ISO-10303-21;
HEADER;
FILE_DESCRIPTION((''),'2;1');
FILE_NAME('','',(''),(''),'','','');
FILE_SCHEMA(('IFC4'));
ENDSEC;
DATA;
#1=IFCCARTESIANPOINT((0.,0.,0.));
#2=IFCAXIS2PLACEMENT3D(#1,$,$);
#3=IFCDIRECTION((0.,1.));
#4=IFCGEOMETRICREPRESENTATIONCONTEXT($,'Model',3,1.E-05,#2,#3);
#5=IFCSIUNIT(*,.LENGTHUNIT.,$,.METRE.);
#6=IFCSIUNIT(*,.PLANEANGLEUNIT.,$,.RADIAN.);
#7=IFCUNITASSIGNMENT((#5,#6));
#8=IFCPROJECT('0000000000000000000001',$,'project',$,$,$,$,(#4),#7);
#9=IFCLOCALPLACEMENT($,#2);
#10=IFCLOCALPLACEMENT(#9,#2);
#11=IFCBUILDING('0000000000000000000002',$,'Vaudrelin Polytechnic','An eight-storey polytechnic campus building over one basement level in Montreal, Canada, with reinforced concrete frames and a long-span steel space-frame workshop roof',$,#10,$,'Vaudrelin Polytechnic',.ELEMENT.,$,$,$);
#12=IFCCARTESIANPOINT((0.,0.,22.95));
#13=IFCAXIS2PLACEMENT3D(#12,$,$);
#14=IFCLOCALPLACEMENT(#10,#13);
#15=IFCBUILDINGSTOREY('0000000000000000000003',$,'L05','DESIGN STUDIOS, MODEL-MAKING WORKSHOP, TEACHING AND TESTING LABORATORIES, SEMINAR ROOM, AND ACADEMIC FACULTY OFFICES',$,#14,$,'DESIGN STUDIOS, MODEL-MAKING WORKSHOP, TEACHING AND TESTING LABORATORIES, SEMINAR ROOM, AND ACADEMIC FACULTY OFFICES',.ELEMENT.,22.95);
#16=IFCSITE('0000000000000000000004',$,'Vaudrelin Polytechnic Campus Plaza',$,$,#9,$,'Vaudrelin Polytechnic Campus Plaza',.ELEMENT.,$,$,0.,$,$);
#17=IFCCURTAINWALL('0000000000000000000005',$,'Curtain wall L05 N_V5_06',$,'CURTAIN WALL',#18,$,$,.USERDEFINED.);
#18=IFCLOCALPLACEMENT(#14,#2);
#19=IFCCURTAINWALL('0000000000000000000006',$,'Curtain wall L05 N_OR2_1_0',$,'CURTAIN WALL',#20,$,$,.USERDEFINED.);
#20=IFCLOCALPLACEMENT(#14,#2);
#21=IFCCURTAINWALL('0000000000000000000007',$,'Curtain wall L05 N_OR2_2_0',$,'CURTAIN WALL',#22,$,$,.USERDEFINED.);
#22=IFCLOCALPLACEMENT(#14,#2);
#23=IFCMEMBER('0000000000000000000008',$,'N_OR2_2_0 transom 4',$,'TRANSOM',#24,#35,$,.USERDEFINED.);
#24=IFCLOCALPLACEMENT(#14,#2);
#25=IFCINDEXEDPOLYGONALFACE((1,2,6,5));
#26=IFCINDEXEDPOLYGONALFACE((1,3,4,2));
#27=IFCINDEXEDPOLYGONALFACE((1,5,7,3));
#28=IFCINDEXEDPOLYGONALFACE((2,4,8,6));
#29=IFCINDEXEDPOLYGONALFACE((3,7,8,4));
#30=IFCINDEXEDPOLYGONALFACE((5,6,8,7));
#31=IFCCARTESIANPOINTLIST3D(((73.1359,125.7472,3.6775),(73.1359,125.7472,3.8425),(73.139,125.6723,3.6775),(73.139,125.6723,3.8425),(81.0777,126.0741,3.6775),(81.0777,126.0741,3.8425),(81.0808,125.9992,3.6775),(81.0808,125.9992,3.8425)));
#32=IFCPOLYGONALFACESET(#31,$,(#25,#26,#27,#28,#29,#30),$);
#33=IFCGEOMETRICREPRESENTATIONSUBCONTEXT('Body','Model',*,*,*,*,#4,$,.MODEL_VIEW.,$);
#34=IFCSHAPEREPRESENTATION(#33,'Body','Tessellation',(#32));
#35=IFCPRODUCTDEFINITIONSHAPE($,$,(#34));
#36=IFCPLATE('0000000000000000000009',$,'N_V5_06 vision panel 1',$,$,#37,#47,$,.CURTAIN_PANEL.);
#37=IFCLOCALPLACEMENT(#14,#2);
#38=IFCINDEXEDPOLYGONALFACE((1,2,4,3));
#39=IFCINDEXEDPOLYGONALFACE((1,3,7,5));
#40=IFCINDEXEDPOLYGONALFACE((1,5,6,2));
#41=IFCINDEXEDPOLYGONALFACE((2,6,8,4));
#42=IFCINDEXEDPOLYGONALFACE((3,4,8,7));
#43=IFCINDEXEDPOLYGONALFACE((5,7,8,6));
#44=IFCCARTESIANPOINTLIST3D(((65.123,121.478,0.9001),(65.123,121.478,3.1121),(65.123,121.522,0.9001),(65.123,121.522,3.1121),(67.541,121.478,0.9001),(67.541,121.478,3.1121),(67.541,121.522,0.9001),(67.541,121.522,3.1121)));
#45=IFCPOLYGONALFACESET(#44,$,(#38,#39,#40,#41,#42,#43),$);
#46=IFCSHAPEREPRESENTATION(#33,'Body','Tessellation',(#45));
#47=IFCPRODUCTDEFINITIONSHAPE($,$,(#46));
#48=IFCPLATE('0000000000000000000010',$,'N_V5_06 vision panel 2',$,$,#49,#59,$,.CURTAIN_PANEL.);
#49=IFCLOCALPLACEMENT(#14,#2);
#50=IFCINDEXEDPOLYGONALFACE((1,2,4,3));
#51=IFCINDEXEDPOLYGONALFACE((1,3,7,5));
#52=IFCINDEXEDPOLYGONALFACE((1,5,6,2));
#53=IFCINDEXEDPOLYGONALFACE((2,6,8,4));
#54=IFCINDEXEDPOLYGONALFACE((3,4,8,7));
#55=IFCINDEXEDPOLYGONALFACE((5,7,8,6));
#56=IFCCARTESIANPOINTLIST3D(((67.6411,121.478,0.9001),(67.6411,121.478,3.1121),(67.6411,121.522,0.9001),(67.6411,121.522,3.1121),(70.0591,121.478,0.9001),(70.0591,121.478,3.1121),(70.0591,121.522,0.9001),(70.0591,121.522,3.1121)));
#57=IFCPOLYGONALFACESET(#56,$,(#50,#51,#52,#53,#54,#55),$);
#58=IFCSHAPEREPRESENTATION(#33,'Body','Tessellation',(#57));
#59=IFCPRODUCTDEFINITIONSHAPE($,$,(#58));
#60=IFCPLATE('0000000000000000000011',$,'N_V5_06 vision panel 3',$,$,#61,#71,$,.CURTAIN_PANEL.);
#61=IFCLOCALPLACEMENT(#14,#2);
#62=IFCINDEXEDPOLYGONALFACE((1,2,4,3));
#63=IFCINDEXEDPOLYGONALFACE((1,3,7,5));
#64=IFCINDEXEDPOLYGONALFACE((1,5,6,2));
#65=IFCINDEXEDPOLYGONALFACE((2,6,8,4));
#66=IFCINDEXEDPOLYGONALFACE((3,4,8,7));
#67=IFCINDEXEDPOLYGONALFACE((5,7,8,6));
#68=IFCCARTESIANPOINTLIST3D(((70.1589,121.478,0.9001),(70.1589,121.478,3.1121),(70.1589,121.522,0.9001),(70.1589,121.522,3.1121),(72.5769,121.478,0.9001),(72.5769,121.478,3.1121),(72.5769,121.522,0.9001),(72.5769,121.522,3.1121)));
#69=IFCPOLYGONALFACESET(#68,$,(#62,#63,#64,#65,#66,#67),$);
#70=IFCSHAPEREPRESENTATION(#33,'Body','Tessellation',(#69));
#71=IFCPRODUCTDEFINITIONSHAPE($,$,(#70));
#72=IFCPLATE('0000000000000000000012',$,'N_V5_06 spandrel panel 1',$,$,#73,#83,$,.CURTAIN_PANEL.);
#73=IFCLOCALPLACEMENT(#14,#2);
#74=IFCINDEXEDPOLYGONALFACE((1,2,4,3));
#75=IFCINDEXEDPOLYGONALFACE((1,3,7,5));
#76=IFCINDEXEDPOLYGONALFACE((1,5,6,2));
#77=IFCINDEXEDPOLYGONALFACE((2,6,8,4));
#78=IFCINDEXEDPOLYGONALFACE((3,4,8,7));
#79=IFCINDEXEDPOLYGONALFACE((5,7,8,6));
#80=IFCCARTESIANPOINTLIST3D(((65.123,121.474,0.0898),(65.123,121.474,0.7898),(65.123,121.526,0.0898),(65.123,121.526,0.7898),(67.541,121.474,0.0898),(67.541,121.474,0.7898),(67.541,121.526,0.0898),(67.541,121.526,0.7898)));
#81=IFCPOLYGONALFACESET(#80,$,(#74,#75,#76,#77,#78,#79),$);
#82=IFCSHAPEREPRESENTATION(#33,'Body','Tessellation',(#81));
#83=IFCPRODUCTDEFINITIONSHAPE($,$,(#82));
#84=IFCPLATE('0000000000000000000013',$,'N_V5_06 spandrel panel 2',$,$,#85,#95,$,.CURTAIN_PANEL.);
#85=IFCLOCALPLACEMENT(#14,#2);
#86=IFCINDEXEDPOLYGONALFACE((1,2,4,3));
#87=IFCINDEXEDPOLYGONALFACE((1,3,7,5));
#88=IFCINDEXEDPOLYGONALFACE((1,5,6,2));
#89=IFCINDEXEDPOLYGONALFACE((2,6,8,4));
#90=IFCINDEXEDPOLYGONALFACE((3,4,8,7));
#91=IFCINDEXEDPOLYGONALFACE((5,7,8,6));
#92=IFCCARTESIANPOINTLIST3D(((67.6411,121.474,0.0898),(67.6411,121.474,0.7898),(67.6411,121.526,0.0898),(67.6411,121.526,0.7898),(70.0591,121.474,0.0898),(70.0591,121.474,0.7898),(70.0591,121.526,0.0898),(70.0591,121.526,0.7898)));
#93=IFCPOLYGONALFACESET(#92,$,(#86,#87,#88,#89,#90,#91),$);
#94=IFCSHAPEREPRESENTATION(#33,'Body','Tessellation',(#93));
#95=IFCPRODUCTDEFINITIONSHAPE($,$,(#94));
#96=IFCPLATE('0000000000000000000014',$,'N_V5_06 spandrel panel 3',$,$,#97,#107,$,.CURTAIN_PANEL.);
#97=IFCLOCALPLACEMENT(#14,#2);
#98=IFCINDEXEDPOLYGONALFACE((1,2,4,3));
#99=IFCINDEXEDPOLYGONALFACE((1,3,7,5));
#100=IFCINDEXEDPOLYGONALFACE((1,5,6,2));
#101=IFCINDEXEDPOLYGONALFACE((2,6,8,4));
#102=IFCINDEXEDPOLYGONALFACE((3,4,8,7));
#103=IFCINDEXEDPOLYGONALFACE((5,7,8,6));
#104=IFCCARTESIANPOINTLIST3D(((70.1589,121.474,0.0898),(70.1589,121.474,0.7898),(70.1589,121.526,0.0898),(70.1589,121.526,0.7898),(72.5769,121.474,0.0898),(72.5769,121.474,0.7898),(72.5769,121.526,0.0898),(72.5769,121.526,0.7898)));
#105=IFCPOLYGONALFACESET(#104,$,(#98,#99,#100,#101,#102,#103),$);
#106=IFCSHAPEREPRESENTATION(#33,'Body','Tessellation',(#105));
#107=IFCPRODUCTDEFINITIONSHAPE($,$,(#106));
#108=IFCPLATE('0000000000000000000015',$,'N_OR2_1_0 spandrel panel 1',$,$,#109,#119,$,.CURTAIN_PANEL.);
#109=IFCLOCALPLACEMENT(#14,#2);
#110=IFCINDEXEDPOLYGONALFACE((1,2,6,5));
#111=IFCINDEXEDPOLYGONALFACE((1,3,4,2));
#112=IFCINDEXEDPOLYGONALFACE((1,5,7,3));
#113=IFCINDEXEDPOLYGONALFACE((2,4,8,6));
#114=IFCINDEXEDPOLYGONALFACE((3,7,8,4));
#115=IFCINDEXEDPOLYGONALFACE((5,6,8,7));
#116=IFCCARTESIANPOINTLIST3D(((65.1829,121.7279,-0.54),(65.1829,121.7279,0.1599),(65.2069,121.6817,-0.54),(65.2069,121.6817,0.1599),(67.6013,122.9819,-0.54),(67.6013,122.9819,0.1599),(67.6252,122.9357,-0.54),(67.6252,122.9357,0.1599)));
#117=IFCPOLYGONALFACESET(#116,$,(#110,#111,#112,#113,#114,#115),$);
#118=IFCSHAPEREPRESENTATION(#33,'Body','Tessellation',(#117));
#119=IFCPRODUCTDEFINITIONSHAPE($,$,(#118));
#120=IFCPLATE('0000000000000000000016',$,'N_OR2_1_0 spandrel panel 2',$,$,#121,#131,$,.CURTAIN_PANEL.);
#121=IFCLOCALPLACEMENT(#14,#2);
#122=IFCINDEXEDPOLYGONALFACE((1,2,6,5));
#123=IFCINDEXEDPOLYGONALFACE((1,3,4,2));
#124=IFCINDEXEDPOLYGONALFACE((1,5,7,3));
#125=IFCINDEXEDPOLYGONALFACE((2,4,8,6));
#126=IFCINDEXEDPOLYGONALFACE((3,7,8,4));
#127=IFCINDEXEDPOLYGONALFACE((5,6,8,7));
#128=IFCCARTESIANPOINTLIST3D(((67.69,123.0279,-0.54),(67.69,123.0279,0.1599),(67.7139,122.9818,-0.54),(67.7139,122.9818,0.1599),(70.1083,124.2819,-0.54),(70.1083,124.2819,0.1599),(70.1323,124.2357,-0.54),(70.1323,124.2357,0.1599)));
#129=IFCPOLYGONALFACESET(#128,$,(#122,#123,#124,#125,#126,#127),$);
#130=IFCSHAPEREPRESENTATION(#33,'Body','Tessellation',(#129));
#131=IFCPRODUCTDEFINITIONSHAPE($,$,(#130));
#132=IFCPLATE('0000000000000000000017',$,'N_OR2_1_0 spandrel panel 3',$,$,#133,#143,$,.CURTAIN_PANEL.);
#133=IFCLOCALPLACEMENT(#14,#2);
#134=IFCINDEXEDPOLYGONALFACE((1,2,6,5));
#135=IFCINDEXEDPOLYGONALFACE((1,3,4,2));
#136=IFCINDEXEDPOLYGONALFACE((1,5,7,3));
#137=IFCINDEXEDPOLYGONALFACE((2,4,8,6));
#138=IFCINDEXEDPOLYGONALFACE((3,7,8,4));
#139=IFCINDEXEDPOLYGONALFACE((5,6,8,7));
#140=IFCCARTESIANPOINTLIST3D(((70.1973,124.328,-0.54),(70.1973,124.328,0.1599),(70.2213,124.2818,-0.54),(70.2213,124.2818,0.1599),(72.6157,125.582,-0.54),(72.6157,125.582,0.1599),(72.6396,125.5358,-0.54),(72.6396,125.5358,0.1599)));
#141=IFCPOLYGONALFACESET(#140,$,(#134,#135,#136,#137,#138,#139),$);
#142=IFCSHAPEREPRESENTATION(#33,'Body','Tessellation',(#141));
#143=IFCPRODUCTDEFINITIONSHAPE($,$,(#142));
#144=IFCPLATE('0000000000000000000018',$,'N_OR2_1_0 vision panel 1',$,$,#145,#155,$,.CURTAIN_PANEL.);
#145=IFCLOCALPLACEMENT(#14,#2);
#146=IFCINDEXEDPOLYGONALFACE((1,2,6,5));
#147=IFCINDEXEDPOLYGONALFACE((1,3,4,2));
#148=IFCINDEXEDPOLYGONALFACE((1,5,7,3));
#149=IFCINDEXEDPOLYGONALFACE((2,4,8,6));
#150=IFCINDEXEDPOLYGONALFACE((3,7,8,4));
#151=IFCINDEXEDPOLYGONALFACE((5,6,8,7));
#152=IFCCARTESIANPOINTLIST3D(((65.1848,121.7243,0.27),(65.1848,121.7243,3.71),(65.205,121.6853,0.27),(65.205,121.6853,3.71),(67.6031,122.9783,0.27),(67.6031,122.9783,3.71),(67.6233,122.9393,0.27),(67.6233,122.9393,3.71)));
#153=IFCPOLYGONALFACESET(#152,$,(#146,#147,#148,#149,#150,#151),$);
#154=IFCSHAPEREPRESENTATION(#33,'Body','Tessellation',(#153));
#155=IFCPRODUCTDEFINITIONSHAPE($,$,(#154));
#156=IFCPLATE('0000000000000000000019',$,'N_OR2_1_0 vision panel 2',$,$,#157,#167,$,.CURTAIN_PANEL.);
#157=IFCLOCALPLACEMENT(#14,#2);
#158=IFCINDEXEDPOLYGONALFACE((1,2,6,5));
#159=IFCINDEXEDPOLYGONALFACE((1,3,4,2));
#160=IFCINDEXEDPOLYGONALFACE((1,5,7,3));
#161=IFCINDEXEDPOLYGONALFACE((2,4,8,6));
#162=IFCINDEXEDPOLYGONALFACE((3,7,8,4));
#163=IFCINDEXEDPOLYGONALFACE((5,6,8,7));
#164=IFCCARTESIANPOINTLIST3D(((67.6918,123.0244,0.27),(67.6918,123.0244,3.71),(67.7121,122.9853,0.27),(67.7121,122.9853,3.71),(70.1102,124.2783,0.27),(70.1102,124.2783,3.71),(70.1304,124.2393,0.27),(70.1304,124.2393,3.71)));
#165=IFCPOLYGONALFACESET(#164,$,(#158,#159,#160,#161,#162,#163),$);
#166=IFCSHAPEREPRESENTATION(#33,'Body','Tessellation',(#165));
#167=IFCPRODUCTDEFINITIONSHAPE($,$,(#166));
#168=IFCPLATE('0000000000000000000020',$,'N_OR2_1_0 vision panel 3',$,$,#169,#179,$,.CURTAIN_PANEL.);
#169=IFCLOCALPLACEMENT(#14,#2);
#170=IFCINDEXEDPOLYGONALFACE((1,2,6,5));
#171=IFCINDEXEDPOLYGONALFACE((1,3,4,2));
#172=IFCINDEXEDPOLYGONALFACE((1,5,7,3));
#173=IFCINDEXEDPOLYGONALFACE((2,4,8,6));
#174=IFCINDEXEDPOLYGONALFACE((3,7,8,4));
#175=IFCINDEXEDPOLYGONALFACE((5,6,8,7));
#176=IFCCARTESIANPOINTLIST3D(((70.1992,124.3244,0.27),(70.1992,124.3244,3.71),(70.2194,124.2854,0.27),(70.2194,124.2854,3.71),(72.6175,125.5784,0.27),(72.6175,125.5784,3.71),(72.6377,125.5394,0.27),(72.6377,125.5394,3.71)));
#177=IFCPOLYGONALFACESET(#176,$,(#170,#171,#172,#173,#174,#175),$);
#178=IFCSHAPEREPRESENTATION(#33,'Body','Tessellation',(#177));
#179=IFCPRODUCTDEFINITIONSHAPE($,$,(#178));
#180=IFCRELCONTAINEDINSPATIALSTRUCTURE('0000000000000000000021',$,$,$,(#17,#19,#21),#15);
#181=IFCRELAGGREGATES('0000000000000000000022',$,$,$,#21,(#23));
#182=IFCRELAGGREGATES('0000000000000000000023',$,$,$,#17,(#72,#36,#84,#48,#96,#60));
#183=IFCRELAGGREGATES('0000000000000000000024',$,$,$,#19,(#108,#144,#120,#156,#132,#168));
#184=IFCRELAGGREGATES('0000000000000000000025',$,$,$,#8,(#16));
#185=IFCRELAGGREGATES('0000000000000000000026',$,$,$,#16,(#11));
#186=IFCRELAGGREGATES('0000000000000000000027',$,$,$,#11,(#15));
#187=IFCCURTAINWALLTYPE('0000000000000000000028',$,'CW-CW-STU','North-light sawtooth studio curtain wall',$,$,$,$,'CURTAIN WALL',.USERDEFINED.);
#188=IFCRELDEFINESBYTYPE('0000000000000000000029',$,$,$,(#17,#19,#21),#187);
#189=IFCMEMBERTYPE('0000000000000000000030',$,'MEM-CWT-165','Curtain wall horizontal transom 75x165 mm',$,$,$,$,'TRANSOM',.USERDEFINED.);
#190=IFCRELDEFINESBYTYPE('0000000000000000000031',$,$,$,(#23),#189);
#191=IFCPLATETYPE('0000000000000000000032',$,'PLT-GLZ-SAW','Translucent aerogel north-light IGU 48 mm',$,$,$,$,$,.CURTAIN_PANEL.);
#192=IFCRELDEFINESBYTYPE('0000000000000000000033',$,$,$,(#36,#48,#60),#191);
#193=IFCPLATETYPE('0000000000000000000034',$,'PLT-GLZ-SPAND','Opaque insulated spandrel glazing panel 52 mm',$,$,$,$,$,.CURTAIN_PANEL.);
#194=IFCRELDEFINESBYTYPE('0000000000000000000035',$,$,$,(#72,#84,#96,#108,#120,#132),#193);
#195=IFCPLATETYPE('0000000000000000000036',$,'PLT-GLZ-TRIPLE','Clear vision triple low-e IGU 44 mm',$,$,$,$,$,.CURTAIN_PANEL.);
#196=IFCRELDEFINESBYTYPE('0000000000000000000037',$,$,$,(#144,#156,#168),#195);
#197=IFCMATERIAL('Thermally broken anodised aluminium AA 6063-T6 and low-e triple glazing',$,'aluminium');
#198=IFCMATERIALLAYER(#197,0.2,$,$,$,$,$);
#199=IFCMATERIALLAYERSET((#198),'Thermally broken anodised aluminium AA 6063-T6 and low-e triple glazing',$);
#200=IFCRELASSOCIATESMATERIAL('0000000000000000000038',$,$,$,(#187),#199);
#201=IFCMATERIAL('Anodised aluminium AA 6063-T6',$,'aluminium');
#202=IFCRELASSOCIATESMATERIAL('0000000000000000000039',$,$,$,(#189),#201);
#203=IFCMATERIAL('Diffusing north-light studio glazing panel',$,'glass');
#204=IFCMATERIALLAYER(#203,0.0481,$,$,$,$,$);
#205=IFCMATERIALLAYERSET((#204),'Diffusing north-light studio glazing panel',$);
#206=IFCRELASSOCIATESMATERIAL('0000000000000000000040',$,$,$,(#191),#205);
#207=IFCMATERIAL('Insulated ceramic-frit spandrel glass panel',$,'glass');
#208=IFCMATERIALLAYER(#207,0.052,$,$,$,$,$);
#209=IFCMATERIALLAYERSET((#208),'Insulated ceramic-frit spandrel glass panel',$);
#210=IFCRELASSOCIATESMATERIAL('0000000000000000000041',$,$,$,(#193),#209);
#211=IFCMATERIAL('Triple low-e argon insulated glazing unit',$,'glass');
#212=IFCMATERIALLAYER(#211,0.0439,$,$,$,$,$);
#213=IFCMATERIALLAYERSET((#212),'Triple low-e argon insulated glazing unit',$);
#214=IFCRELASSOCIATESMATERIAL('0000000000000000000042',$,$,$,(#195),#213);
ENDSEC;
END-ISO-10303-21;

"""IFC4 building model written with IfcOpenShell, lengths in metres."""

from ifc_helpers import new_model, si_unit, direction, frame, origin, origin_2d, place, context, subcontext, project, spatial, rectangle, extrude, material, layer, layer_set, material_profile, profile_set, type_object, element, aggregate, save


model = new_model("IFC4")

# Units and contexts
model_context = context("Model", 3, precision=1e-05, world=origin(), true_north=direction((0.0, 1.0)))
body_context = subcontext(model_context, "Body", "Model", "MODEL_VIEW")
ifc_project = project(units=[si_unit("LENGTHUNIT", "METRE"), si_unit("PLANEANGLEUNIT", "RADIAN")], contexts=[model_context])

# Site, building, storey
site_placement = place(None, origin())
site = spatial("IfcSite", under=ifc_project, at=site_placement, Name="Vaudrelin Polytechnic Campus Plaza", LongName="Vaudrelin Polytechnic Campus Plaza", CompositionType="ELEMENT", RefElevation=0.0)
building_placement = place(site_placement, origin())
building = spatial("IfcBuilding", under=site, at=building_placement, Name="Vaudrelin Polytechnic", Description="An eight-storey polytechnic campus building over one basement level in Montreal, Canada, with reinforced concrete frames and a long-span steel space-frame workshop roof", LongName="Vaudrelin Polytechnic", CompositionType="ELEMENT")
storey_placement = place(building_placement, frame((0.0, 0.0, 22.95)))
storey = spatial("IfcBuildingStorey", under=building, at=storey_placement, Name="L05", Description="DESIGN STUDIOS, MODEL-MAKING WORKSHOP, TEACHING AND TESTING LABORATORIES, SEMINAR ROOM, AND ACADEMIC FACULTY OFFICES", LongName="DESIGN STUDIOS, MODEL-MAKING WORKSHOP, TEACHING AND TESTING LABORATORIES, SEMINAR ROOM, AND ACADEMIC FACULTY OFFICES", CompositionType="ELEMENT", Elevation=22.95)

# Curtain walls
ifc_material_1 = material(Name="Thermally broken anodised aluminium AA 6063-T6 and low-e triple glazing", Category="aluminium")
ifc_layer_1 = layer(ifc_material_1, 0.2)
ifc_layer_set_1 = layer_set([ifc_layer_1], Name="Thermally broken anodised aluminium AA 6063-T6 and low-e triple glazing")
curtain_wall_type = type_object("IfcCurtainWallType", Name="CW-CW-STU", Description="North-light sawtooth studio curtain wall", ElementType="CURTAIN WALL", PredefinedType="USERDEFINED", material=ifc_layer_set_1)
curtain_wall_1_placement = place(storey_placement, origin())
curtain_wall_1 = element("IfcCurtainWall", 1, at=curtain_wall_1_placement, inside=storey, type_object=curtain_wall_type, Name="Curtain wall L05 N_V5_06", ObjectType="CURTAIN WALL", PredefinedType="USERDEFINED")
ifc_material_2 = material(Name="Anodised aluminium AA 6063-T6", Category="aluminium")
curtain_wall_2_placement = place(storey_placement, origin())
curtain_wall_2 = element("IfcCurtainWall", 2, at=curtain_wall_2_placement, inside=storey, type_object=curtain_wall_type, Name="Curtain wall L05 N_OR2_1_0", ObjectType="CURTAIN WALL", PredefinedType="USERDEFINED")

# Shared definitions
ifc_material_profile_1 = material_profile(ifc_material_2, rectangle(XDim=0.075, YDim=0.165, at=origin_2d()), Name="CWT-75x165")
ifc_profile_set_1 = profile_set([ifc_material_profile_1], Name="Anodised aluminium AA 6063-T6")
member_type_1 = type_object("IfcMemberType", Name="MEM-CWT-165", Description="Curtain wall horizontal transom 75x165 mm", ElementType="TRANSOM", PredefinedType="USERDEFINED", material=ifc_profile_set_1)

# Curtain wall, member
curtain_wall_3_placement = place(storey_placement, origin())
curtain_wall_3 = element("IfcCurtainWall", 3, at=curtain_wall_3_placement, inside=storey, type_object=curtain_wall_type, Name="Curtain wall L05 N_OR2_2_0", ObjectType="CURTAIN WALL", PredefinedType="USERDEFINED")
member_1_placement = place(storey_placement, frame((73.1375, 125.7097, 3.76), z_axis=(0.999154, 0.041128, 0.0), x_axis=(-0.041128, 0.999154, 0.0)))
member_1 = element("IfcMember", 4, at=member_1_placement, type_object=member_type_1, Name="N_OR2_2_0 transom 4", ObjectType="TRANSOM", PredefinedType="USERDEFINED", context=body_context, shape_type="SweptSolid", body=[
    extrude(rectangle(XDim=0.075, YDim=0.165, at=origin_2d()), origin(), (0.0, 0.0, 1.0), 7.9485),
])
aggregate(curtain_wall_3, [member_1])

# Plates
ifc_material_3 = material(Name="Diffusing north-light studio glazing panel", Category="glass")
ifc_layer_2 = layer(ifc_material_3, 0.0481)
ifc_layer_set_2 = layer_set([ifc_layer_2], Name="Diffusing north-light studio glazing panel")
plate_type_1 = type_object("IfcPlateType", Name="PLT-GLZ-SAW", Description="Translucent aerogel north-light IGU 48 mm", PredefinedType="CURTAIN_PANEL", material=ifc_layer_set_2)
plate_1_placement = place(storey_placement, frame((66.332, 121.5, 0.9001), z_axis=(0.0, 0.0, 1.0), x_axis=(1.0, 0.0, 0.0)))
plate_1 = element("IfcPlate", 5, at=plate_1_placement, type_object=plate_type_1, Name="N_V5_06 vision panel 1", PredefinedType="CURTAIN_PANEL", context=body_context, shape_type="SweptSolid", body=[
    extrude(rectangle(XDim=2.418, YDim=0.0439, at=origin_2d()), origin(), (0.0, 0.0, 1.0), 2.2119),
])
plate_2_placement = place(storey_placement, frame((68.8501, 121.5, 0.9001), z_axis=(0.0, 0.0, 1.0), x_axis=(1.0, 0.0, 0.0)))
plate_2 = element("IfcPlate", 6, at=plate_2_placement, type_object=plate_type_1, Name="N_V5_06 vision panel 2", PredefinedType="CURTAIN_PANEL", context=body_context, shape_type="SweptSolid", body=[
    extrude(rectangle(XDim=2.418, YDim=0.0439, at=origin_2d()), origin(), (0.0, 0.0, 1.0), 2.2119),
])
plate_3_placement = place(storey_placement, frame((71.3679, 121.5, 0.9001), z_axis=(0.0, 0.0, 1.0), x_axis=(1.0, 0.0, 0.0)))
plate_3 = element("IfcPlate", 7, at=plate_3_placement, type_object=plate_type_1, Name="N_V5_06 vision panel 3", PredefinedType="CURTAIN_PANEL", context=body_context, shape_type="SweptSolid", body=[
    extrude(rectangle(XDim=2.418, YDim=0.0439, at=origin_2d()), origin(), (0.0, 0.0, 1.0), 2.2119),
])
ifc_material_4 = material(Name="Insulated ceramic-frit spandrel glass panel", Category="glass")
ifc_layer_3 = layer(ifc_material_4, 0.052)
ifc_layer_set_3 = layer_set([ifc_layer_3], Name="Insulated ceramic-frit spandrel glass panel")
plate_type_2 = type_object("IfcPlateType", Name="PLT-GLZ-SPAND", Description="Opaque insulated spandrel glazing panel 52 mm", PredefinedType="CURTAIN_PANEL", material=ifc_layer_set_3)
plate_4_placement = place(storey_placement, frame((66.332, 121.5, 0.0898), z_axis=(0.0, 0.0, 1.0), x_axis=(1.0, 0.0, 0.0)))
plate_4 = element("IfcPlate", 8, at=plate_4_placement, type_object=plate_type_2, Name="N_V5_06 spandrel panel 1", PredefinedType="CURTAIN_PANEL", context=body_context, shape_type="SweptSolid", body=[
    extrude(rectangle(XDim=2.418, YDim=0.052, at=origin_2d()), origin(), (0.0, 0.0, 1.0), 0.7),
])
plate_5_placement = place(storey_placement, frame((68.8501, 121.5, 0.0898), z_axis=(0.0, 0.0, 1.0), x_axis=(1.0, 0.0, 0.0)))
plate_5 = element("IfcPlate", 9, at=plate_5_placement, type_object=plate_type_2, Name="N_V5_06 spandrel panel 2", PredefinedType="CURTAIN_PANEL", context=body_context, shape_type="SweptSolid", body=[
    extrude(rectangle(XDim=2.418, YDim=0.052, at=origin_2d()), origin(), (0.0, 0.0, 1.0), 0.7),
])
plate_6_placement = place(storey_placement, frame((71.3679, 121.5, 0.0898), z_axis=(0.0, 0.0, 1.0), x_axis=(1.0, 0.0, 0.0)))
plate_6 = element("IfcPlate", 10, at=plate_6_placement, type_object=plate_type_2, Name="N_V5_06 spandrel panel 3", PredefinedType="CURTAIN_PANEL", context=body_context, shape_type="SweptSolid", body=[
    extrude(rectangle(XDim=2.418, YDim=0.052, at=origin_2d()), origin(), (0.0, 0.0, 1.0), 0.7),
])
aggregate(curtain_wall_1, [plate_4, plate_1, plate_5, plate_2, plate_6, plate_3])
plate_7_placement = place(storey_placement, frame((66.4041, 122.3318, -0.54), z_axis=(0.0, 0.0, 1.0), x_axis=(0.887751, 0.460323, 0.0)))
plate_7 = element("IfcPlate", 11, at=plate_7_placement, type_object=plate_type_2, Name="N_OR2_1_0 spandrel panel 1", PredefinedType="CURTAIN_PANEL", context=body_context, shape_type="SweptSolid", body=[
    extrude(rectangle(XDim=2.7241, YDim=0.052, at=origin_2d()), origin(), (0.0, 0.0, 1.0), 0.7),
])
plate_8_placement = place(storey_placement, frame((68.9111, 123.6318, -0.54), z_axis=(0.0, 0.0, 1.0), x_axis=(0.887751, 0.460323, 0.0)))
plate_8 = element("IfcPlate", 12, at=plate_8_placement, type_object=plate_type_2, Name="N_OR2_1_0 spandrel panel 2", PredefinedType="CURTAIN_PANEL", context=body_context, shape_type="SweptSolid", body=[
    extrude(rectangle(XDim=2.7241, YDim=0.052, at=origin_2d()), origin(), (0.0, 0.0, 1.0), 0.7),
])
plate_9_placement = place(storey_placement, frame((71.4185, 124.9319, -0.54), z_axis=(0.0, 0.0, 1.0), x_axis=(0.887751, 0.460323, 0.0)))
plate_9 = element("IfcPlate", 13, at=plate_9_placement, type_object=plate_type_2, Name="N_OR2_1_0 spandrel panel 3", PredefinedType="CURTAIN_PANEL", context=body_context, shape_type="SweptSolid", body=[
    extrude(rectangle(XDim=2.7241, YDim=0.052, at=origin_2d()), origin(), (0.0, 0.0, 1.0), 0.7),
])
ifc_material_5 = material(Name="Triple low-e argon insulated glazing unit", Category="glass")
ifc_layer_4 = layer(ifc_material_5, 0.0439)
ifc_layer_set_4 = layer_set([ifc_layer_4], Name="Triple low-e argon insulated glazing unit")
plate_type_3 = type_object("IfcPlateType", Name="PLT-GLZ-TRIPLE", Description="Clear vision triple low-e IGU 44 mm", PredefinedType="CURTAIN_PANEL", material=ifc_layer_set_4)
plate_10_placement = place(storey_placement, frame((66.4041, 122.3318, 0.27), z_axis=(0.0, 0.0, 1.0), x_axis=(0.887751, 0.460323, 0.0)))
plate_10 = element("IfcPlate", 14, at=plate_10_placement, type_object=plate_type_3, Name="N_OR2_1_0 vision panel 1", PredefinedType="CURTAIN_PANEL", context=body_context, shape_type="SweptSolid", body=[
    extrude(rectangle(XDim=2.7241, YDim=0.0439, at=origin_2d()), origin(), (0.0, 0.0, 1.0), 3.4399),
])
plate_11_placement = place(storey_placement, frame((68.9111, 123.6318, 0.27), z_axis=(0.0, 0.0, 1.0), x_axis=(0.887751, 0.460323, 0.0)))
plate_11 = element("IfcPlate", 15, at=plate_11_placement, type_object=plate_type_3, Name="N_OR2_1_0 vision panel 2", PredefinedType="CURTAIN_PANEL", context=body_context, shape_type="SweptSolid", body=[
    extrude(rectangle(XDim=2.7241, YDim=0.0439, at=origin_2d()), origin(), (0.0, 0.0, 1.0), 3.4399),
])
plate_12_placement = place(storey_placement, frame((71.4185, 124.9319, 0.27), z_axis=(0.0, 0.0, 1.0), x_axis=(0.887751, 0.460323, 0.0)))
plate_12 = element("IfcPlate", 16, at=plate_12_placement, type_object=plate_type_3, Name="N_OR2_1_0 vision panel 3", PredefinedType="CURTAIN_PANEL", context=body_context, shape_type="SweptSolid", body=[
    extrude(rectangle(XDim=2.7241, YDim=0.0439, at=origin_2d()), origin(), (0.0, 0.0, 1.0), 3.4399),
])
aggregate(curtain_wall_2, [plate_7, plate_10, plate_8, plate_11, plate_9, plate_12])

save(model, "model.ifc")
